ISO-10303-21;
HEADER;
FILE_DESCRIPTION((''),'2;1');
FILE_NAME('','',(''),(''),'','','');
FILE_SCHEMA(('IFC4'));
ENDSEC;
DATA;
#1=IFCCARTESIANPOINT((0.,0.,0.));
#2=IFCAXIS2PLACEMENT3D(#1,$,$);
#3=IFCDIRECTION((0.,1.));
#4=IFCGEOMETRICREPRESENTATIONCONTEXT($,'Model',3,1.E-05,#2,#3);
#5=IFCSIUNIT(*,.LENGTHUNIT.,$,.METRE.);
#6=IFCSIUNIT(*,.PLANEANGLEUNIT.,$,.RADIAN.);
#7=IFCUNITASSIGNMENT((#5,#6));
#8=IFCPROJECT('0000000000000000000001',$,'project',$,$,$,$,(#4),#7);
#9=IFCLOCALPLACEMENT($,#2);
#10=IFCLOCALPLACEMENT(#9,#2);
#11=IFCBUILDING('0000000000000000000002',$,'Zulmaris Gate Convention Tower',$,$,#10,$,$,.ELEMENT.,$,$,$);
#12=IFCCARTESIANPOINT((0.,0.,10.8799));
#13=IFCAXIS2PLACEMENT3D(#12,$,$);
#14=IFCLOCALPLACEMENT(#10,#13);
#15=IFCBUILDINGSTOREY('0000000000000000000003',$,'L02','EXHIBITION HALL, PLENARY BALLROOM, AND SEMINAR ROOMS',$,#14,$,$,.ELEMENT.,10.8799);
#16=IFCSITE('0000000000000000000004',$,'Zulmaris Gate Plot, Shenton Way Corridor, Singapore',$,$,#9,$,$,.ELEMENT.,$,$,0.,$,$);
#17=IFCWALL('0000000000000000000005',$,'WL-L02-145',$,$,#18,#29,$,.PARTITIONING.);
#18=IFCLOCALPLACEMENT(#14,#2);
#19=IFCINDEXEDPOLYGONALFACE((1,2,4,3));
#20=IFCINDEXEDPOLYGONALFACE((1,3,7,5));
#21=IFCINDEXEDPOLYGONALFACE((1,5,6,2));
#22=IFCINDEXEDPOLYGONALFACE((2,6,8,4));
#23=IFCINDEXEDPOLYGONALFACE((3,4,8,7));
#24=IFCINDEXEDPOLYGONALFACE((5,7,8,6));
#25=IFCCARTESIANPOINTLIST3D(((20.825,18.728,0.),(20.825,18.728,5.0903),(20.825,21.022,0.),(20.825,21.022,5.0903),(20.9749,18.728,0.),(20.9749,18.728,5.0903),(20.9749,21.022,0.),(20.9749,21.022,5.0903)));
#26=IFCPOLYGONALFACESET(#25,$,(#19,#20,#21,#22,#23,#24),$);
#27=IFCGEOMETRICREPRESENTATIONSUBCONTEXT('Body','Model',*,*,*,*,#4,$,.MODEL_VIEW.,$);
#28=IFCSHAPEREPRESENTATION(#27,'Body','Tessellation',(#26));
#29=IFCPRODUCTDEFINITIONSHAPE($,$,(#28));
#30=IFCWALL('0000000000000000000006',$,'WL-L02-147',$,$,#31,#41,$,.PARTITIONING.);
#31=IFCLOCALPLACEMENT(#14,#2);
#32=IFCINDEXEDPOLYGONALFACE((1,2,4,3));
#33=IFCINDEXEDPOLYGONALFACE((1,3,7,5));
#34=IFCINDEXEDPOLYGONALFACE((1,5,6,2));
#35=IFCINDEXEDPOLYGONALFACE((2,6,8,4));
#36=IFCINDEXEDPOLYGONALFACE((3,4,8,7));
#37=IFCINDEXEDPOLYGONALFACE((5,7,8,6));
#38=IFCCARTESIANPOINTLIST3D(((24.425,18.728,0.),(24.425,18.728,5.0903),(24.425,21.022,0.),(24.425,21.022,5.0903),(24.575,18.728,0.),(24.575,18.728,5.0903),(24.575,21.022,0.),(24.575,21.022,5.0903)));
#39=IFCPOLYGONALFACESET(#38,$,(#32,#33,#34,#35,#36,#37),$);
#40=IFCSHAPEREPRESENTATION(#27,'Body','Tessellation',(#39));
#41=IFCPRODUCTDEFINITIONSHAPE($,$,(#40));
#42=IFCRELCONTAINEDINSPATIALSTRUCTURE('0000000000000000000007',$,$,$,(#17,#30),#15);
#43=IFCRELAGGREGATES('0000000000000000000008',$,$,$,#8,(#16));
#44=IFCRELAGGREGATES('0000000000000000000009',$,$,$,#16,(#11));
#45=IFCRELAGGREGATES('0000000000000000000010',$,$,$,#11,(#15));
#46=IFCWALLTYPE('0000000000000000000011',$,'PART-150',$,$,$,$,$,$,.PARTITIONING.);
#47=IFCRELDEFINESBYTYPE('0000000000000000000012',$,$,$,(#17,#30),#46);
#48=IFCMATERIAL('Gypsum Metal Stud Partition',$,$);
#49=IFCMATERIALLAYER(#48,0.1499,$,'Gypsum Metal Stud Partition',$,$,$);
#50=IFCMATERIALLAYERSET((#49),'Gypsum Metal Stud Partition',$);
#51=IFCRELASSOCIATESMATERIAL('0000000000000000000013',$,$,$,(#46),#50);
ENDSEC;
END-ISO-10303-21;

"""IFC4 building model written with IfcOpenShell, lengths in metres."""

from ifc_helpers import new_model, si_unit, direction, frame, frame_2d, origin, place, context, subcontext, project, spatial, rectangle, extrude, material, layer, layer_set, type_object, element, save


model = new_model("IFC4")

# Units and contexts
model_context = context("Model", 3, precision=1e-05, world=origin(), true_north=direction((0.0, 1.0)))
body_context = subcontext(model_context, "Body", "Model", "MODEL_VIEW")
ifc_project = project(units=[si_unit("LENGTHUNIT", "METRE"), si_unit("PLANEANGLEUNIT", "RADIAN")], contexts=[model_context])

# Site, building, storey
site_placement = place(None, origin())
site = spatial("IfcSite", under=ifc_project, at=site_placement, Name="Zulmaris Gate Plot, Shenton Way Corridor, Singapore", CompositionType="ELEMENT", RefElevation=0.0)
building_placement = place(site_placement, origin())
building = spatial("IfcBuilding", under=site, at=building_placement, Name="Zulmaris Gate Convention Tower", CompositionType="ELEMENT")
storey_placement = place(building_placement, frame((0.0, 0.0, 10.8799)))
storey = spatial("IfcBuildingStorey", under=building, at=storey_placement, Name="L02", Description="EXHIBITION HALL, PLENARY BALLROOM, AND SEMINAR ROOMS", CompositionType="ELEMENT", Elevation=10.8799)

# Shared definitions
ifc_material_1 = material(Name="Gypsum Metal Stud Partition")
ifc_layer_1 = layer(ifc_material_1, 0.1499, Name="Gypsum Metal Stud Partition")
ifc_layer_set_1 = layer_set([ifc_layer_1], Name="Gypsum Metal Stud Partition")
wall_type_1 = type_object("IfcWallType", Name="PART-150", PredefinedType="PARTITIONING", material=ifc_layer_set_1)

# Walls
for number, where, z_axis, x_axis, name in (
    (1, (20.8999, 18.728, 0.0), (0.0, 0.0, 1.0), (0.0, 1.0, 0.0), "WL-L02-145"),
    (2, (24.5, 18.728, 0.0), (0.0, 0.0, 1.0), (0.0, 1.0, 0.0), "WL-L02-147"),
):
    element("IfcWall", number, at=place(storey_placement, frame(where, z_axis=z_axis, x_axis=x_axis)), inside=storey, type_object=wall_type_1, Name=name, PredefinedType="PARTITIONING", context=body_context, shape_type="SweptSolid", body=[
        extrude(rectangle(XDim=2.2939, YDim=0.1499, at=frame_2d((1.147, 0.0))), origin(), (0.0, 0.0, 1.0), 5.0903),
    ])

save(model, "model.ifc")
